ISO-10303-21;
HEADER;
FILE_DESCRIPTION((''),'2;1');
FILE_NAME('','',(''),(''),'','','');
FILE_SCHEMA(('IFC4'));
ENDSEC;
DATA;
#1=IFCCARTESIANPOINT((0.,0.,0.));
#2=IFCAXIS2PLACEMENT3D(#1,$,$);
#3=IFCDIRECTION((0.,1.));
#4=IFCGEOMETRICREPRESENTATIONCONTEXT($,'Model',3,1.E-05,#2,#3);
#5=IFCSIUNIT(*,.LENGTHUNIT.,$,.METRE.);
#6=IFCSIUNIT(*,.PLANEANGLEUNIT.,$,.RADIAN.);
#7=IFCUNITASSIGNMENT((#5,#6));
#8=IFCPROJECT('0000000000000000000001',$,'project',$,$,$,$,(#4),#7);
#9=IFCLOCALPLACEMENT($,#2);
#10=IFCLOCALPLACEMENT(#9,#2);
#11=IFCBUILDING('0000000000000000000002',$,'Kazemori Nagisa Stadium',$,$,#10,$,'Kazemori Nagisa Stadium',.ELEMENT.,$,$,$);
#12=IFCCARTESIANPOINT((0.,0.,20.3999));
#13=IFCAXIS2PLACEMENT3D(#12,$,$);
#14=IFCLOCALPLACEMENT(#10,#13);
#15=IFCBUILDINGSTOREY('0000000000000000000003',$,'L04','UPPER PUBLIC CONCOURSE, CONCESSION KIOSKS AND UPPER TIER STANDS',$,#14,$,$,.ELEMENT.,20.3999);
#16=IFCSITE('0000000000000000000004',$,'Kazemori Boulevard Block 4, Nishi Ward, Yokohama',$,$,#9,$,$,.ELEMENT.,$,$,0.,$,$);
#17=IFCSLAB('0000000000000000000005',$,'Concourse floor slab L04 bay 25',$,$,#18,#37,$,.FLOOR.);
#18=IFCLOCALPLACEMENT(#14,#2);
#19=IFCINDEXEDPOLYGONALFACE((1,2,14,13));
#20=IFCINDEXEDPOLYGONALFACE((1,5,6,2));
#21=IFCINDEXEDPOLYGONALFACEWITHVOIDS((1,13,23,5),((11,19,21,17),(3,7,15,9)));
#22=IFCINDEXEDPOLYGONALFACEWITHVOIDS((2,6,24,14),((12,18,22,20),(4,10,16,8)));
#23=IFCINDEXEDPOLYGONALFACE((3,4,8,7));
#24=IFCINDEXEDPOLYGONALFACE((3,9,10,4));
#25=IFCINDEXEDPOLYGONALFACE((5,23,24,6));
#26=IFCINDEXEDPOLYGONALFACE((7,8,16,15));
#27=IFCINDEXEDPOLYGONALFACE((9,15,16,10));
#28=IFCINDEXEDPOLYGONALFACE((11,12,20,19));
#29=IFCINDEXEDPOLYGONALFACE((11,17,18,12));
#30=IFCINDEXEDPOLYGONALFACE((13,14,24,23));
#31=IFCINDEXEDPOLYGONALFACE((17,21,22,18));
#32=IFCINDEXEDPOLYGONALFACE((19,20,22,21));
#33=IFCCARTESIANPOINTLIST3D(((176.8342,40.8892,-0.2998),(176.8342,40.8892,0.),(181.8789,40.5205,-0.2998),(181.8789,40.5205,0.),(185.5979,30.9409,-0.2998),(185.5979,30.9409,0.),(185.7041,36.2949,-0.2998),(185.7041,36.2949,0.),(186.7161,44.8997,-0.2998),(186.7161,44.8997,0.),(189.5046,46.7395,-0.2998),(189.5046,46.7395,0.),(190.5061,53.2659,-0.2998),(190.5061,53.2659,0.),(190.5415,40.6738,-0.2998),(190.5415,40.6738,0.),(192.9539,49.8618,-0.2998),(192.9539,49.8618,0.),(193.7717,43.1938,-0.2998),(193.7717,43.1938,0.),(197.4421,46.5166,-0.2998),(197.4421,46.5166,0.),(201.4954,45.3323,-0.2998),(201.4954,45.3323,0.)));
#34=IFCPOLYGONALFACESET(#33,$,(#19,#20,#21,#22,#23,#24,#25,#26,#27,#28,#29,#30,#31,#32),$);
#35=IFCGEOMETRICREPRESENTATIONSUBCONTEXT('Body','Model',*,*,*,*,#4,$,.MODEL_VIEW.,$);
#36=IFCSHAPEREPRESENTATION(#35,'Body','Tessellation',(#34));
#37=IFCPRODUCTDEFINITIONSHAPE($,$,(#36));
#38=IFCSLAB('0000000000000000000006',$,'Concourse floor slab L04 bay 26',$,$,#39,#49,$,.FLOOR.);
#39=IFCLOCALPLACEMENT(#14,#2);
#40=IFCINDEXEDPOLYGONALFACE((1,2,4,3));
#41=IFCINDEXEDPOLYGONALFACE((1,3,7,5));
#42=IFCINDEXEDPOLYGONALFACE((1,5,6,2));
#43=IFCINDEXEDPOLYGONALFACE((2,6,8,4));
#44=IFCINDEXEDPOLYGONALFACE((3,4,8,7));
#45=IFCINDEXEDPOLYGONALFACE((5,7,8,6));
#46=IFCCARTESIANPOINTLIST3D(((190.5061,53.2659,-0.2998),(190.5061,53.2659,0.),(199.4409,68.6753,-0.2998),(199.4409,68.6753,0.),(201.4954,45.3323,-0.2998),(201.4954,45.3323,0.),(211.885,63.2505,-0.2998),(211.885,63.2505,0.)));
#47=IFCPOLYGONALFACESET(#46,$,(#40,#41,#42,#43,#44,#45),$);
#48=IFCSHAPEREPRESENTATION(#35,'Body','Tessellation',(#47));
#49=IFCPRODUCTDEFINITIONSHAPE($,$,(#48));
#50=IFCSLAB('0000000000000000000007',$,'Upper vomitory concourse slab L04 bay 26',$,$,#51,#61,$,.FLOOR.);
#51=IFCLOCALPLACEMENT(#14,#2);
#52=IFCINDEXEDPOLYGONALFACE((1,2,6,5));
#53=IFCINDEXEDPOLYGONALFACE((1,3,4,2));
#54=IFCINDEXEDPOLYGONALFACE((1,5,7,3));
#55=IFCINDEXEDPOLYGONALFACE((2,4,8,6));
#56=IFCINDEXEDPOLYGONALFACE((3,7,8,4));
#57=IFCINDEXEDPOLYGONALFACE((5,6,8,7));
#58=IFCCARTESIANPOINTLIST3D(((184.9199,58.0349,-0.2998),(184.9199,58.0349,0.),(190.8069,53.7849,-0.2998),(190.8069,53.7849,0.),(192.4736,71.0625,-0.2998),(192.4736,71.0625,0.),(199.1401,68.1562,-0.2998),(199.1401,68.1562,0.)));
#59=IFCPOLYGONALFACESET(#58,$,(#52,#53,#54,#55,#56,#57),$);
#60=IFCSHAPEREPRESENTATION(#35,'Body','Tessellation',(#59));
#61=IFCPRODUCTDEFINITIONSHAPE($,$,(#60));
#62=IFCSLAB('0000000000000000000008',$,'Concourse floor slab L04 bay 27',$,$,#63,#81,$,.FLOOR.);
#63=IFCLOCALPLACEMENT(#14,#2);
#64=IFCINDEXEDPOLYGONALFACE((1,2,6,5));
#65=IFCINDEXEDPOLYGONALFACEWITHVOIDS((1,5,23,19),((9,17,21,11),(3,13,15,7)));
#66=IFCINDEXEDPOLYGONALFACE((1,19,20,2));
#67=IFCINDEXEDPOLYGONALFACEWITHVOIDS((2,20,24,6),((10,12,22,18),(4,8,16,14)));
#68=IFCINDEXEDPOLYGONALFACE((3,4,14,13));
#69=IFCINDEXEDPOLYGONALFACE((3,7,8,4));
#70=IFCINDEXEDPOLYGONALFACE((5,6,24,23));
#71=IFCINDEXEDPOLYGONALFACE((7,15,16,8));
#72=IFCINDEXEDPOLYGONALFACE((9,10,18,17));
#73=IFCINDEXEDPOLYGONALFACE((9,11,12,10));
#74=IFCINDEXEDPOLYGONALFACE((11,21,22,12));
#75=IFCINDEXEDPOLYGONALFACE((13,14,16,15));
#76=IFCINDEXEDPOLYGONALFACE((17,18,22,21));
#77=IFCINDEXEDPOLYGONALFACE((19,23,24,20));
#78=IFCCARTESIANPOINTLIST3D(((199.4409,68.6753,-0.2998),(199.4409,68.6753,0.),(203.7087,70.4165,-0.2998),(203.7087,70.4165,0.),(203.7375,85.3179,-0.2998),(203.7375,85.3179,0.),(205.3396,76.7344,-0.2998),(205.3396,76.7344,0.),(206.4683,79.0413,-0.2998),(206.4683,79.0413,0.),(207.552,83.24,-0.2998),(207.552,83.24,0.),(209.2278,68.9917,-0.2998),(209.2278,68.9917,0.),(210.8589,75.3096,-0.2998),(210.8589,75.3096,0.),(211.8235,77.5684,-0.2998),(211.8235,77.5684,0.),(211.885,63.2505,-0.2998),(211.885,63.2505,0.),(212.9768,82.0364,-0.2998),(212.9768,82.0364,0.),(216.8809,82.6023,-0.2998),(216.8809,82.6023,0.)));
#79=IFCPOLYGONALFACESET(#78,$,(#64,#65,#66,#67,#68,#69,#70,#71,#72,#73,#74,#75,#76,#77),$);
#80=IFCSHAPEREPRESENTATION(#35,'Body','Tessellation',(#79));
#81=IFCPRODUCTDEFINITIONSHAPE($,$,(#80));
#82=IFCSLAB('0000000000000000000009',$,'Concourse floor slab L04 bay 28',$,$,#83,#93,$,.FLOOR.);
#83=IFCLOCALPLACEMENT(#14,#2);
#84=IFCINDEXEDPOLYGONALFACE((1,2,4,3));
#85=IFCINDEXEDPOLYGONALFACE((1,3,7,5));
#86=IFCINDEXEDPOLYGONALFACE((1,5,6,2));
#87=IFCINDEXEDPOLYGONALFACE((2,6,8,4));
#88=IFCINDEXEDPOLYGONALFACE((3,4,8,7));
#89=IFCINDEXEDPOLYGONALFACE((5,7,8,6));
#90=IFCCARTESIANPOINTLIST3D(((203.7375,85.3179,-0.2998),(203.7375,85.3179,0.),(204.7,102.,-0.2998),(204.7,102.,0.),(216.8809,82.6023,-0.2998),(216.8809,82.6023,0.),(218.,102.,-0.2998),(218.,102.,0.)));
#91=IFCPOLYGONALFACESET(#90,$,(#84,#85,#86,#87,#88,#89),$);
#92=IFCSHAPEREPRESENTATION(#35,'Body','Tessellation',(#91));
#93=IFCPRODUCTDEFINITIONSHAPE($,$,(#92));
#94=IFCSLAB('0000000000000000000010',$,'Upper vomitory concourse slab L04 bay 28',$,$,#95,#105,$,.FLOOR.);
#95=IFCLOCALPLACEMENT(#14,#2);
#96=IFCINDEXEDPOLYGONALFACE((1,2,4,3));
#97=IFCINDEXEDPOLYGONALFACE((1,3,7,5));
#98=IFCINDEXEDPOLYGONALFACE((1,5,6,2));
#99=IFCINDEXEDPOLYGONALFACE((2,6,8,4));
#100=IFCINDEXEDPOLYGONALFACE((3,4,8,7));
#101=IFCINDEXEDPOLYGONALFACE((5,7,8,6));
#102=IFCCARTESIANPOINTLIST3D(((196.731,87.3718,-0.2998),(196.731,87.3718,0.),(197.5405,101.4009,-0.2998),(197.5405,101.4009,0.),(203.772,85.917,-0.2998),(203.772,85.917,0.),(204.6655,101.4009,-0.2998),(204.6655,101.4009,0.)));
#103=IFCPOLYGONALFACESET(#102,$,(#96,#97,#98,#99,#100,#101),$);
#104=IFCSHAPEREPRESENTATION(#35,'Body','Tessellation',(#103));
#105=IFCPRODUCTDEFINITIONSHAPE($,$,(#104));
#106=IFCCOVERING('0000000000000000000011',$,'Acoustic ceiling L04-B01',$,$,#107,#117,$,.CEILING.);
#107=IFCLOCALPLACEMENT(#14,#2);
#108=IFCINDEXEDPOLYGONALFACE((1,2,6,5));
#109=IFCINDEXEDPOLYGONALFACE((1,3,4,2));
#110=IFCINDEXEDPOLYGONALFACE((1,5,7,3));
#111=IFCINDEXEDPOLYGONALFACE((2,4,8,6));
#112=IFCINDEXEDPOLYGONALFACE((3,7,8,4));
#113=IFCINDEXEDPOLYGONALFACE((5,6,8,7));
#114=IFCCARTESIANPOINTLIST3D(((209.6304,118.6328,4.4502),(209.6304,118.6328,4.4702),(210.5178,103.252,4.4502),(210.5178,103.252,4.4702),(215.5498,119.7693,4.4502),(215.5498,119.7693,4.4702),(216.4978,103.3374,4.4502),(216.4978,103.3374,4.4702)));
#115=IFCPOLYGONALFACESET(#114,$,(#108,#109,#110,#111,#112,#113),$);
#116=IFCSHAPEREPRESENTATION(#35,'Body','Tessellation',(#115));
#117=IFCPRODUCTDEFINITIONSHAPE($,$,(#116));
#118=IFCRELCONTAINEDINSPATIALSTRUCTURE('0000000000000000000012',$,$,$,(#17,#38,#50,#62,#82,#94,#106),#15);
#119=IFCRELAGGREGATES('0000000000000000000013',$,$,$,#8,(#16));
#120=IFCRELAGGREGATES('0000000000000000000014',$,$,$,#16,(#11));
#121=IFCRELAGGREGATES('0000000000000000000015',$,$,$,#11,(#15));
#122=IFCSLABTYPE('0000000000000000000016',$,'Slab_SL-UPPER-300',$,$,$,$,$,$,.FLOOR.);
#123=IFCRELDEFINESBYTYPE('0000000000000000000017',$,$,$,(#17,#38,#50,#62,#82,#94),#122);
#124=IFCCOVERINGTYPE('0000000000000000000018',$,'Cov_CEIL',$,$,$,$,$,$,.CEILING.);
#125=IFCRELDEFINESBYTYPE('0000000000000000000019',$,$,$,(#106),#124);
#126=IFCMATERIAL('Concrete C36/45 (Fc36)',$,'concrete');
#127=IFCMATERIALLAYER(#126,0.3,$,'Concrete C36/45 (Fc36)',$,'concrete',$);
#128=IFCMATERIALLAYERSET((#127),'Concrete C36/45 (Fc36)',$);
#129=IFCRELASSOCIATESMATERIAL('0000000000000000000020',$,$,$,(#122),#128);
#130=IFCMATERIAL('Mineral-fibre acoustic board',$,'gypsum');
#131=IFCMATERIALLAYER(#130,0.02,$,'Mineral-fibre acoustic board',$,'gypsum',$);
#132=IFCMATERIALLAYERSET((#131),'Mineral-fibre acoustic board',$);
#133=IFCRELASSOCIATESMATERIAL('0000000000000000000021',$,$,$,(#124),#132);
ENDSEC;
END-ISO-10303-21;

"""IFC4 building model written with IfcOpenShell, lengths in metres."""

from ifc_helpers import new_model, si_unit, direction, frame, origin, place, context, subcontext, project, spatial, polyline, outline, extrude, material, layer, layer_set, type_object, element, save


model = new_model("IFC4")

# Units and contexts
model_context = context("Model", 3, precision=1e-05, world=origin(), true_north=direction((0.0, 1.0)))
body_context = subcontext(model_context, "Body", "Model", "MODEL_VIEW")
ifc_project = project(units=[si_unit("LENGTHUNIT", "METRE"), si_unit("PLANEANGLEUNIT", "RADIAN")], contexts=[model_context])

# Site, building, storey
site_placement = place(None, origin())
site = spatial("IfcSite", under=ifc_project, at=site_placement, Name="Kazemori Boulevard Block 4, Nishi Ward, Yokohama", CompositionType="ELEMENT", RefElevation=0.0)
building_placement = place(site_placement, origin())
building = spatial("IfcBuilding", under=site, at=building_placement, Name="Kazemori Nagisa Stadium", LongName="Kazemori Nagisa Stadium", CompositionType="ELEMENT")
storey_placement = place(building_placement, frame((0.0, 0.0, 20.3999)))
storey = spatial("IfcBuildingStorey", under=building, at=storey_placement, Name="L04", Description="UPPER PUBLIC CONCOURSE, CONCESSION KIOSKS AND UPPER TIER STANDS", CompositionType="ELEMENT", Elevation=20.3999)

# Shared definitions
ifc_material_1 = material(Name="Concrete C36/45 (Fc36)", Category="concrete")

# Slabs
ifc_layer_1 = layer(ifc_material_1, 0.3, Name="Concrete C36/45 (Fc36)", Category="concrete")
ifc_layer_set_1 = layer_set([ifc_layer_1], Name="Concrete C36/45 (Fc36)")
slab_type_1 = type_object("IfcSlabType", Name="Slab_SL-UPPER-300", PredefinedType="FLOOR", material=ifc_layer_set_1)
slab_1_placement = place(storey_placement, frame((0.0, 0.0, -0.2998)))
element("IfcSlab", 1, at=slab_1_placement, inside=storey, type_object=slab_type_1, Name="Concourse floor slab L04 bay 25", PredefinedType="FLOOR", context=body_context, shape_type="SweptSolid", body=[
    extrude(outline(polyline([(176.8342, 40.8892), (190.5061, 53.2659), (201.4954, 45.3323), (185.5979, 30.9409), (176.8342, 40.8892)]), holes=[polyline([(181.8789, 40.5205), (186.7161, 44.8997), (190.5415, 40.6738), (185.7041, 36.2949), (181.8789, 40.5205)]), polyline([(189.5046, 46.7395), (192.9539, 49.8618), (197.4421, 46.5166), (193.7717, 43.1938), (189.5046, 46.7395)])]), origin(), (0.0, 0.0, 1.0), 0.2998),
])
slab_2_placement = place(storey_placement, frame((0.0, 0.0, -0.2998)))
element("IfcSlab", 2, at=slab_2_placement, inside=storey, type_object=slab_type_1, Name="Concourse floor slab L04 bay 26", PredefinedType="FLOOR", context=body_context, shape_type="SweptSolid", body=[
    extrude(outline(polyline([(190.5061, 53.2659), (199.4409, 68.6753), (211.885, 63.2505), (201.4954, 45.3323), (190.5061, 53.2659)])), origin(), (0.0, 0.0, 1.0), 0.2998),
])
slab_3_placement = place(storey_placement, frame((0.0, 0.0, -0.2998)))
element("IfcSlab", 3, at=slab_3_placement, inside=storey, type_object=slab_type_1, Name="Upper vomitory concourse slab L04 bay 26", PredefinedType="FLOOR", context=body_context, shape_type="SweptSolid", body=[
    extrude(outline(polyline([(184.9199, 58.0349), (192.4736, 71.0625), (199.1401, 68.1562), (190.8069, 53.7849), (184.9199, 58.0349)])), origin(), (0.0, 0.0, 1.0), 0.2998),
])
slab_4_placement = place(storey_placement, frame((0.0, 0.0, -0.2998)))
element("IfcSlab", 4, at=slab_4_placement, inside=storey, type_object=slab_type_1, Name="Concourse floor slab L04 bay 27", PredefinedType="FLOOR", context=body_context, shape_type="SweptSolid", body=[
    extrude(outline(polyline([(199.4409, 68.6753), (203.7375, 85.3179), (216.8809, 82.6023), (211.885, 63.2505), (199.4409, 68.6753)]), holes=[polyline([(203.7087, 70.4165), (205.3396, 76.7344), (210.8589, 75.3096), (209.2278, 68.9917), (203.7087, 70.4165)]), polyline([(206.4683, 79.0413), (207.552, 83.24), (212.9768, 82.0364), (211.8235, 77.5684), (206.4683, 79.0413)])]), origin(), (0.0, 0.0, 1.0), 0.2998),
])
slab_5_placement = place(storey_placement, frame((0.0, 0.0, -0.2998)))
element("IfcSlab", 5, at=slab_5_placement, inside=storey, type_object=slab_type_1, Name="Concourse floor slab L04 bay 28", PredefinedType="FLOOR", context=body_context, shape_type="SweptSolid", body=[
    extrude(outline(polyline([(203.7375, 85.3179), (204.7, 102.0), (218.0, 102.0), (216.8809, 82.6023), (203.7375, 85.3179)])), origin(), (0.0, 0.0, 1.0), 0.2998),
])
slab_6_placement = place(storey_placement, frame((0.0, 0.0, -0.2998)))
element("IfcSlab", 6, at=slab_6_placement, inside=storey, type_object=slab_type_1, Name="Upper vomitory concourse slab L04 bay 28", PredefinedType="FLOOR", context=body_context, shape_type="SweptSolid", body=[
    extrude(outline(polyline([(196.731, 87.3718), (197.5405, 101.4009), (204.6655, 101.4009), (203.772, 85.917), (196.731, 87.3718)])), origin(), (0.0, 0.0, 1.0), 0.2998),
])

# Covering
ifc_material_2 = material(Name="Mineral-fibre acoustic board", Category="gypsum")
ifc_layer_2 = layer(ifc_material_2, 0.02, Name="Mineral-fibre acoustic board", Category="gypsum")
ifc_layer_set_2 = layer_set([ifc_layer_2], Name="Mineral-fibre acoustic board")
covering_type = type_object("IfcCoveringType", Name="Cov_CEIL", PredefinedType="CEILING", material=ifc_layer_set_2)
covering_placement = place(storey_placement, frame((0.0, 0.0, 4.4502)))
element("IfcCovering", 7, at=covering_placement, inside=storey, type_object=covering_type, Name="Acoustic ceiling L04-B01", PredefinedType="CEILING", context=body_context, shape_type="SweptSolid", body=[
    extrude(outline(polyline([(210.5178, 103.252), (209.6304, 118.6328), (215.5498, 119.7693), (216.4978, 103.3374), (210.5178, 103.252)])), origin(), (0.0, 0.0, 1.0), 0.02),
])

save(model, "model.ifc")
